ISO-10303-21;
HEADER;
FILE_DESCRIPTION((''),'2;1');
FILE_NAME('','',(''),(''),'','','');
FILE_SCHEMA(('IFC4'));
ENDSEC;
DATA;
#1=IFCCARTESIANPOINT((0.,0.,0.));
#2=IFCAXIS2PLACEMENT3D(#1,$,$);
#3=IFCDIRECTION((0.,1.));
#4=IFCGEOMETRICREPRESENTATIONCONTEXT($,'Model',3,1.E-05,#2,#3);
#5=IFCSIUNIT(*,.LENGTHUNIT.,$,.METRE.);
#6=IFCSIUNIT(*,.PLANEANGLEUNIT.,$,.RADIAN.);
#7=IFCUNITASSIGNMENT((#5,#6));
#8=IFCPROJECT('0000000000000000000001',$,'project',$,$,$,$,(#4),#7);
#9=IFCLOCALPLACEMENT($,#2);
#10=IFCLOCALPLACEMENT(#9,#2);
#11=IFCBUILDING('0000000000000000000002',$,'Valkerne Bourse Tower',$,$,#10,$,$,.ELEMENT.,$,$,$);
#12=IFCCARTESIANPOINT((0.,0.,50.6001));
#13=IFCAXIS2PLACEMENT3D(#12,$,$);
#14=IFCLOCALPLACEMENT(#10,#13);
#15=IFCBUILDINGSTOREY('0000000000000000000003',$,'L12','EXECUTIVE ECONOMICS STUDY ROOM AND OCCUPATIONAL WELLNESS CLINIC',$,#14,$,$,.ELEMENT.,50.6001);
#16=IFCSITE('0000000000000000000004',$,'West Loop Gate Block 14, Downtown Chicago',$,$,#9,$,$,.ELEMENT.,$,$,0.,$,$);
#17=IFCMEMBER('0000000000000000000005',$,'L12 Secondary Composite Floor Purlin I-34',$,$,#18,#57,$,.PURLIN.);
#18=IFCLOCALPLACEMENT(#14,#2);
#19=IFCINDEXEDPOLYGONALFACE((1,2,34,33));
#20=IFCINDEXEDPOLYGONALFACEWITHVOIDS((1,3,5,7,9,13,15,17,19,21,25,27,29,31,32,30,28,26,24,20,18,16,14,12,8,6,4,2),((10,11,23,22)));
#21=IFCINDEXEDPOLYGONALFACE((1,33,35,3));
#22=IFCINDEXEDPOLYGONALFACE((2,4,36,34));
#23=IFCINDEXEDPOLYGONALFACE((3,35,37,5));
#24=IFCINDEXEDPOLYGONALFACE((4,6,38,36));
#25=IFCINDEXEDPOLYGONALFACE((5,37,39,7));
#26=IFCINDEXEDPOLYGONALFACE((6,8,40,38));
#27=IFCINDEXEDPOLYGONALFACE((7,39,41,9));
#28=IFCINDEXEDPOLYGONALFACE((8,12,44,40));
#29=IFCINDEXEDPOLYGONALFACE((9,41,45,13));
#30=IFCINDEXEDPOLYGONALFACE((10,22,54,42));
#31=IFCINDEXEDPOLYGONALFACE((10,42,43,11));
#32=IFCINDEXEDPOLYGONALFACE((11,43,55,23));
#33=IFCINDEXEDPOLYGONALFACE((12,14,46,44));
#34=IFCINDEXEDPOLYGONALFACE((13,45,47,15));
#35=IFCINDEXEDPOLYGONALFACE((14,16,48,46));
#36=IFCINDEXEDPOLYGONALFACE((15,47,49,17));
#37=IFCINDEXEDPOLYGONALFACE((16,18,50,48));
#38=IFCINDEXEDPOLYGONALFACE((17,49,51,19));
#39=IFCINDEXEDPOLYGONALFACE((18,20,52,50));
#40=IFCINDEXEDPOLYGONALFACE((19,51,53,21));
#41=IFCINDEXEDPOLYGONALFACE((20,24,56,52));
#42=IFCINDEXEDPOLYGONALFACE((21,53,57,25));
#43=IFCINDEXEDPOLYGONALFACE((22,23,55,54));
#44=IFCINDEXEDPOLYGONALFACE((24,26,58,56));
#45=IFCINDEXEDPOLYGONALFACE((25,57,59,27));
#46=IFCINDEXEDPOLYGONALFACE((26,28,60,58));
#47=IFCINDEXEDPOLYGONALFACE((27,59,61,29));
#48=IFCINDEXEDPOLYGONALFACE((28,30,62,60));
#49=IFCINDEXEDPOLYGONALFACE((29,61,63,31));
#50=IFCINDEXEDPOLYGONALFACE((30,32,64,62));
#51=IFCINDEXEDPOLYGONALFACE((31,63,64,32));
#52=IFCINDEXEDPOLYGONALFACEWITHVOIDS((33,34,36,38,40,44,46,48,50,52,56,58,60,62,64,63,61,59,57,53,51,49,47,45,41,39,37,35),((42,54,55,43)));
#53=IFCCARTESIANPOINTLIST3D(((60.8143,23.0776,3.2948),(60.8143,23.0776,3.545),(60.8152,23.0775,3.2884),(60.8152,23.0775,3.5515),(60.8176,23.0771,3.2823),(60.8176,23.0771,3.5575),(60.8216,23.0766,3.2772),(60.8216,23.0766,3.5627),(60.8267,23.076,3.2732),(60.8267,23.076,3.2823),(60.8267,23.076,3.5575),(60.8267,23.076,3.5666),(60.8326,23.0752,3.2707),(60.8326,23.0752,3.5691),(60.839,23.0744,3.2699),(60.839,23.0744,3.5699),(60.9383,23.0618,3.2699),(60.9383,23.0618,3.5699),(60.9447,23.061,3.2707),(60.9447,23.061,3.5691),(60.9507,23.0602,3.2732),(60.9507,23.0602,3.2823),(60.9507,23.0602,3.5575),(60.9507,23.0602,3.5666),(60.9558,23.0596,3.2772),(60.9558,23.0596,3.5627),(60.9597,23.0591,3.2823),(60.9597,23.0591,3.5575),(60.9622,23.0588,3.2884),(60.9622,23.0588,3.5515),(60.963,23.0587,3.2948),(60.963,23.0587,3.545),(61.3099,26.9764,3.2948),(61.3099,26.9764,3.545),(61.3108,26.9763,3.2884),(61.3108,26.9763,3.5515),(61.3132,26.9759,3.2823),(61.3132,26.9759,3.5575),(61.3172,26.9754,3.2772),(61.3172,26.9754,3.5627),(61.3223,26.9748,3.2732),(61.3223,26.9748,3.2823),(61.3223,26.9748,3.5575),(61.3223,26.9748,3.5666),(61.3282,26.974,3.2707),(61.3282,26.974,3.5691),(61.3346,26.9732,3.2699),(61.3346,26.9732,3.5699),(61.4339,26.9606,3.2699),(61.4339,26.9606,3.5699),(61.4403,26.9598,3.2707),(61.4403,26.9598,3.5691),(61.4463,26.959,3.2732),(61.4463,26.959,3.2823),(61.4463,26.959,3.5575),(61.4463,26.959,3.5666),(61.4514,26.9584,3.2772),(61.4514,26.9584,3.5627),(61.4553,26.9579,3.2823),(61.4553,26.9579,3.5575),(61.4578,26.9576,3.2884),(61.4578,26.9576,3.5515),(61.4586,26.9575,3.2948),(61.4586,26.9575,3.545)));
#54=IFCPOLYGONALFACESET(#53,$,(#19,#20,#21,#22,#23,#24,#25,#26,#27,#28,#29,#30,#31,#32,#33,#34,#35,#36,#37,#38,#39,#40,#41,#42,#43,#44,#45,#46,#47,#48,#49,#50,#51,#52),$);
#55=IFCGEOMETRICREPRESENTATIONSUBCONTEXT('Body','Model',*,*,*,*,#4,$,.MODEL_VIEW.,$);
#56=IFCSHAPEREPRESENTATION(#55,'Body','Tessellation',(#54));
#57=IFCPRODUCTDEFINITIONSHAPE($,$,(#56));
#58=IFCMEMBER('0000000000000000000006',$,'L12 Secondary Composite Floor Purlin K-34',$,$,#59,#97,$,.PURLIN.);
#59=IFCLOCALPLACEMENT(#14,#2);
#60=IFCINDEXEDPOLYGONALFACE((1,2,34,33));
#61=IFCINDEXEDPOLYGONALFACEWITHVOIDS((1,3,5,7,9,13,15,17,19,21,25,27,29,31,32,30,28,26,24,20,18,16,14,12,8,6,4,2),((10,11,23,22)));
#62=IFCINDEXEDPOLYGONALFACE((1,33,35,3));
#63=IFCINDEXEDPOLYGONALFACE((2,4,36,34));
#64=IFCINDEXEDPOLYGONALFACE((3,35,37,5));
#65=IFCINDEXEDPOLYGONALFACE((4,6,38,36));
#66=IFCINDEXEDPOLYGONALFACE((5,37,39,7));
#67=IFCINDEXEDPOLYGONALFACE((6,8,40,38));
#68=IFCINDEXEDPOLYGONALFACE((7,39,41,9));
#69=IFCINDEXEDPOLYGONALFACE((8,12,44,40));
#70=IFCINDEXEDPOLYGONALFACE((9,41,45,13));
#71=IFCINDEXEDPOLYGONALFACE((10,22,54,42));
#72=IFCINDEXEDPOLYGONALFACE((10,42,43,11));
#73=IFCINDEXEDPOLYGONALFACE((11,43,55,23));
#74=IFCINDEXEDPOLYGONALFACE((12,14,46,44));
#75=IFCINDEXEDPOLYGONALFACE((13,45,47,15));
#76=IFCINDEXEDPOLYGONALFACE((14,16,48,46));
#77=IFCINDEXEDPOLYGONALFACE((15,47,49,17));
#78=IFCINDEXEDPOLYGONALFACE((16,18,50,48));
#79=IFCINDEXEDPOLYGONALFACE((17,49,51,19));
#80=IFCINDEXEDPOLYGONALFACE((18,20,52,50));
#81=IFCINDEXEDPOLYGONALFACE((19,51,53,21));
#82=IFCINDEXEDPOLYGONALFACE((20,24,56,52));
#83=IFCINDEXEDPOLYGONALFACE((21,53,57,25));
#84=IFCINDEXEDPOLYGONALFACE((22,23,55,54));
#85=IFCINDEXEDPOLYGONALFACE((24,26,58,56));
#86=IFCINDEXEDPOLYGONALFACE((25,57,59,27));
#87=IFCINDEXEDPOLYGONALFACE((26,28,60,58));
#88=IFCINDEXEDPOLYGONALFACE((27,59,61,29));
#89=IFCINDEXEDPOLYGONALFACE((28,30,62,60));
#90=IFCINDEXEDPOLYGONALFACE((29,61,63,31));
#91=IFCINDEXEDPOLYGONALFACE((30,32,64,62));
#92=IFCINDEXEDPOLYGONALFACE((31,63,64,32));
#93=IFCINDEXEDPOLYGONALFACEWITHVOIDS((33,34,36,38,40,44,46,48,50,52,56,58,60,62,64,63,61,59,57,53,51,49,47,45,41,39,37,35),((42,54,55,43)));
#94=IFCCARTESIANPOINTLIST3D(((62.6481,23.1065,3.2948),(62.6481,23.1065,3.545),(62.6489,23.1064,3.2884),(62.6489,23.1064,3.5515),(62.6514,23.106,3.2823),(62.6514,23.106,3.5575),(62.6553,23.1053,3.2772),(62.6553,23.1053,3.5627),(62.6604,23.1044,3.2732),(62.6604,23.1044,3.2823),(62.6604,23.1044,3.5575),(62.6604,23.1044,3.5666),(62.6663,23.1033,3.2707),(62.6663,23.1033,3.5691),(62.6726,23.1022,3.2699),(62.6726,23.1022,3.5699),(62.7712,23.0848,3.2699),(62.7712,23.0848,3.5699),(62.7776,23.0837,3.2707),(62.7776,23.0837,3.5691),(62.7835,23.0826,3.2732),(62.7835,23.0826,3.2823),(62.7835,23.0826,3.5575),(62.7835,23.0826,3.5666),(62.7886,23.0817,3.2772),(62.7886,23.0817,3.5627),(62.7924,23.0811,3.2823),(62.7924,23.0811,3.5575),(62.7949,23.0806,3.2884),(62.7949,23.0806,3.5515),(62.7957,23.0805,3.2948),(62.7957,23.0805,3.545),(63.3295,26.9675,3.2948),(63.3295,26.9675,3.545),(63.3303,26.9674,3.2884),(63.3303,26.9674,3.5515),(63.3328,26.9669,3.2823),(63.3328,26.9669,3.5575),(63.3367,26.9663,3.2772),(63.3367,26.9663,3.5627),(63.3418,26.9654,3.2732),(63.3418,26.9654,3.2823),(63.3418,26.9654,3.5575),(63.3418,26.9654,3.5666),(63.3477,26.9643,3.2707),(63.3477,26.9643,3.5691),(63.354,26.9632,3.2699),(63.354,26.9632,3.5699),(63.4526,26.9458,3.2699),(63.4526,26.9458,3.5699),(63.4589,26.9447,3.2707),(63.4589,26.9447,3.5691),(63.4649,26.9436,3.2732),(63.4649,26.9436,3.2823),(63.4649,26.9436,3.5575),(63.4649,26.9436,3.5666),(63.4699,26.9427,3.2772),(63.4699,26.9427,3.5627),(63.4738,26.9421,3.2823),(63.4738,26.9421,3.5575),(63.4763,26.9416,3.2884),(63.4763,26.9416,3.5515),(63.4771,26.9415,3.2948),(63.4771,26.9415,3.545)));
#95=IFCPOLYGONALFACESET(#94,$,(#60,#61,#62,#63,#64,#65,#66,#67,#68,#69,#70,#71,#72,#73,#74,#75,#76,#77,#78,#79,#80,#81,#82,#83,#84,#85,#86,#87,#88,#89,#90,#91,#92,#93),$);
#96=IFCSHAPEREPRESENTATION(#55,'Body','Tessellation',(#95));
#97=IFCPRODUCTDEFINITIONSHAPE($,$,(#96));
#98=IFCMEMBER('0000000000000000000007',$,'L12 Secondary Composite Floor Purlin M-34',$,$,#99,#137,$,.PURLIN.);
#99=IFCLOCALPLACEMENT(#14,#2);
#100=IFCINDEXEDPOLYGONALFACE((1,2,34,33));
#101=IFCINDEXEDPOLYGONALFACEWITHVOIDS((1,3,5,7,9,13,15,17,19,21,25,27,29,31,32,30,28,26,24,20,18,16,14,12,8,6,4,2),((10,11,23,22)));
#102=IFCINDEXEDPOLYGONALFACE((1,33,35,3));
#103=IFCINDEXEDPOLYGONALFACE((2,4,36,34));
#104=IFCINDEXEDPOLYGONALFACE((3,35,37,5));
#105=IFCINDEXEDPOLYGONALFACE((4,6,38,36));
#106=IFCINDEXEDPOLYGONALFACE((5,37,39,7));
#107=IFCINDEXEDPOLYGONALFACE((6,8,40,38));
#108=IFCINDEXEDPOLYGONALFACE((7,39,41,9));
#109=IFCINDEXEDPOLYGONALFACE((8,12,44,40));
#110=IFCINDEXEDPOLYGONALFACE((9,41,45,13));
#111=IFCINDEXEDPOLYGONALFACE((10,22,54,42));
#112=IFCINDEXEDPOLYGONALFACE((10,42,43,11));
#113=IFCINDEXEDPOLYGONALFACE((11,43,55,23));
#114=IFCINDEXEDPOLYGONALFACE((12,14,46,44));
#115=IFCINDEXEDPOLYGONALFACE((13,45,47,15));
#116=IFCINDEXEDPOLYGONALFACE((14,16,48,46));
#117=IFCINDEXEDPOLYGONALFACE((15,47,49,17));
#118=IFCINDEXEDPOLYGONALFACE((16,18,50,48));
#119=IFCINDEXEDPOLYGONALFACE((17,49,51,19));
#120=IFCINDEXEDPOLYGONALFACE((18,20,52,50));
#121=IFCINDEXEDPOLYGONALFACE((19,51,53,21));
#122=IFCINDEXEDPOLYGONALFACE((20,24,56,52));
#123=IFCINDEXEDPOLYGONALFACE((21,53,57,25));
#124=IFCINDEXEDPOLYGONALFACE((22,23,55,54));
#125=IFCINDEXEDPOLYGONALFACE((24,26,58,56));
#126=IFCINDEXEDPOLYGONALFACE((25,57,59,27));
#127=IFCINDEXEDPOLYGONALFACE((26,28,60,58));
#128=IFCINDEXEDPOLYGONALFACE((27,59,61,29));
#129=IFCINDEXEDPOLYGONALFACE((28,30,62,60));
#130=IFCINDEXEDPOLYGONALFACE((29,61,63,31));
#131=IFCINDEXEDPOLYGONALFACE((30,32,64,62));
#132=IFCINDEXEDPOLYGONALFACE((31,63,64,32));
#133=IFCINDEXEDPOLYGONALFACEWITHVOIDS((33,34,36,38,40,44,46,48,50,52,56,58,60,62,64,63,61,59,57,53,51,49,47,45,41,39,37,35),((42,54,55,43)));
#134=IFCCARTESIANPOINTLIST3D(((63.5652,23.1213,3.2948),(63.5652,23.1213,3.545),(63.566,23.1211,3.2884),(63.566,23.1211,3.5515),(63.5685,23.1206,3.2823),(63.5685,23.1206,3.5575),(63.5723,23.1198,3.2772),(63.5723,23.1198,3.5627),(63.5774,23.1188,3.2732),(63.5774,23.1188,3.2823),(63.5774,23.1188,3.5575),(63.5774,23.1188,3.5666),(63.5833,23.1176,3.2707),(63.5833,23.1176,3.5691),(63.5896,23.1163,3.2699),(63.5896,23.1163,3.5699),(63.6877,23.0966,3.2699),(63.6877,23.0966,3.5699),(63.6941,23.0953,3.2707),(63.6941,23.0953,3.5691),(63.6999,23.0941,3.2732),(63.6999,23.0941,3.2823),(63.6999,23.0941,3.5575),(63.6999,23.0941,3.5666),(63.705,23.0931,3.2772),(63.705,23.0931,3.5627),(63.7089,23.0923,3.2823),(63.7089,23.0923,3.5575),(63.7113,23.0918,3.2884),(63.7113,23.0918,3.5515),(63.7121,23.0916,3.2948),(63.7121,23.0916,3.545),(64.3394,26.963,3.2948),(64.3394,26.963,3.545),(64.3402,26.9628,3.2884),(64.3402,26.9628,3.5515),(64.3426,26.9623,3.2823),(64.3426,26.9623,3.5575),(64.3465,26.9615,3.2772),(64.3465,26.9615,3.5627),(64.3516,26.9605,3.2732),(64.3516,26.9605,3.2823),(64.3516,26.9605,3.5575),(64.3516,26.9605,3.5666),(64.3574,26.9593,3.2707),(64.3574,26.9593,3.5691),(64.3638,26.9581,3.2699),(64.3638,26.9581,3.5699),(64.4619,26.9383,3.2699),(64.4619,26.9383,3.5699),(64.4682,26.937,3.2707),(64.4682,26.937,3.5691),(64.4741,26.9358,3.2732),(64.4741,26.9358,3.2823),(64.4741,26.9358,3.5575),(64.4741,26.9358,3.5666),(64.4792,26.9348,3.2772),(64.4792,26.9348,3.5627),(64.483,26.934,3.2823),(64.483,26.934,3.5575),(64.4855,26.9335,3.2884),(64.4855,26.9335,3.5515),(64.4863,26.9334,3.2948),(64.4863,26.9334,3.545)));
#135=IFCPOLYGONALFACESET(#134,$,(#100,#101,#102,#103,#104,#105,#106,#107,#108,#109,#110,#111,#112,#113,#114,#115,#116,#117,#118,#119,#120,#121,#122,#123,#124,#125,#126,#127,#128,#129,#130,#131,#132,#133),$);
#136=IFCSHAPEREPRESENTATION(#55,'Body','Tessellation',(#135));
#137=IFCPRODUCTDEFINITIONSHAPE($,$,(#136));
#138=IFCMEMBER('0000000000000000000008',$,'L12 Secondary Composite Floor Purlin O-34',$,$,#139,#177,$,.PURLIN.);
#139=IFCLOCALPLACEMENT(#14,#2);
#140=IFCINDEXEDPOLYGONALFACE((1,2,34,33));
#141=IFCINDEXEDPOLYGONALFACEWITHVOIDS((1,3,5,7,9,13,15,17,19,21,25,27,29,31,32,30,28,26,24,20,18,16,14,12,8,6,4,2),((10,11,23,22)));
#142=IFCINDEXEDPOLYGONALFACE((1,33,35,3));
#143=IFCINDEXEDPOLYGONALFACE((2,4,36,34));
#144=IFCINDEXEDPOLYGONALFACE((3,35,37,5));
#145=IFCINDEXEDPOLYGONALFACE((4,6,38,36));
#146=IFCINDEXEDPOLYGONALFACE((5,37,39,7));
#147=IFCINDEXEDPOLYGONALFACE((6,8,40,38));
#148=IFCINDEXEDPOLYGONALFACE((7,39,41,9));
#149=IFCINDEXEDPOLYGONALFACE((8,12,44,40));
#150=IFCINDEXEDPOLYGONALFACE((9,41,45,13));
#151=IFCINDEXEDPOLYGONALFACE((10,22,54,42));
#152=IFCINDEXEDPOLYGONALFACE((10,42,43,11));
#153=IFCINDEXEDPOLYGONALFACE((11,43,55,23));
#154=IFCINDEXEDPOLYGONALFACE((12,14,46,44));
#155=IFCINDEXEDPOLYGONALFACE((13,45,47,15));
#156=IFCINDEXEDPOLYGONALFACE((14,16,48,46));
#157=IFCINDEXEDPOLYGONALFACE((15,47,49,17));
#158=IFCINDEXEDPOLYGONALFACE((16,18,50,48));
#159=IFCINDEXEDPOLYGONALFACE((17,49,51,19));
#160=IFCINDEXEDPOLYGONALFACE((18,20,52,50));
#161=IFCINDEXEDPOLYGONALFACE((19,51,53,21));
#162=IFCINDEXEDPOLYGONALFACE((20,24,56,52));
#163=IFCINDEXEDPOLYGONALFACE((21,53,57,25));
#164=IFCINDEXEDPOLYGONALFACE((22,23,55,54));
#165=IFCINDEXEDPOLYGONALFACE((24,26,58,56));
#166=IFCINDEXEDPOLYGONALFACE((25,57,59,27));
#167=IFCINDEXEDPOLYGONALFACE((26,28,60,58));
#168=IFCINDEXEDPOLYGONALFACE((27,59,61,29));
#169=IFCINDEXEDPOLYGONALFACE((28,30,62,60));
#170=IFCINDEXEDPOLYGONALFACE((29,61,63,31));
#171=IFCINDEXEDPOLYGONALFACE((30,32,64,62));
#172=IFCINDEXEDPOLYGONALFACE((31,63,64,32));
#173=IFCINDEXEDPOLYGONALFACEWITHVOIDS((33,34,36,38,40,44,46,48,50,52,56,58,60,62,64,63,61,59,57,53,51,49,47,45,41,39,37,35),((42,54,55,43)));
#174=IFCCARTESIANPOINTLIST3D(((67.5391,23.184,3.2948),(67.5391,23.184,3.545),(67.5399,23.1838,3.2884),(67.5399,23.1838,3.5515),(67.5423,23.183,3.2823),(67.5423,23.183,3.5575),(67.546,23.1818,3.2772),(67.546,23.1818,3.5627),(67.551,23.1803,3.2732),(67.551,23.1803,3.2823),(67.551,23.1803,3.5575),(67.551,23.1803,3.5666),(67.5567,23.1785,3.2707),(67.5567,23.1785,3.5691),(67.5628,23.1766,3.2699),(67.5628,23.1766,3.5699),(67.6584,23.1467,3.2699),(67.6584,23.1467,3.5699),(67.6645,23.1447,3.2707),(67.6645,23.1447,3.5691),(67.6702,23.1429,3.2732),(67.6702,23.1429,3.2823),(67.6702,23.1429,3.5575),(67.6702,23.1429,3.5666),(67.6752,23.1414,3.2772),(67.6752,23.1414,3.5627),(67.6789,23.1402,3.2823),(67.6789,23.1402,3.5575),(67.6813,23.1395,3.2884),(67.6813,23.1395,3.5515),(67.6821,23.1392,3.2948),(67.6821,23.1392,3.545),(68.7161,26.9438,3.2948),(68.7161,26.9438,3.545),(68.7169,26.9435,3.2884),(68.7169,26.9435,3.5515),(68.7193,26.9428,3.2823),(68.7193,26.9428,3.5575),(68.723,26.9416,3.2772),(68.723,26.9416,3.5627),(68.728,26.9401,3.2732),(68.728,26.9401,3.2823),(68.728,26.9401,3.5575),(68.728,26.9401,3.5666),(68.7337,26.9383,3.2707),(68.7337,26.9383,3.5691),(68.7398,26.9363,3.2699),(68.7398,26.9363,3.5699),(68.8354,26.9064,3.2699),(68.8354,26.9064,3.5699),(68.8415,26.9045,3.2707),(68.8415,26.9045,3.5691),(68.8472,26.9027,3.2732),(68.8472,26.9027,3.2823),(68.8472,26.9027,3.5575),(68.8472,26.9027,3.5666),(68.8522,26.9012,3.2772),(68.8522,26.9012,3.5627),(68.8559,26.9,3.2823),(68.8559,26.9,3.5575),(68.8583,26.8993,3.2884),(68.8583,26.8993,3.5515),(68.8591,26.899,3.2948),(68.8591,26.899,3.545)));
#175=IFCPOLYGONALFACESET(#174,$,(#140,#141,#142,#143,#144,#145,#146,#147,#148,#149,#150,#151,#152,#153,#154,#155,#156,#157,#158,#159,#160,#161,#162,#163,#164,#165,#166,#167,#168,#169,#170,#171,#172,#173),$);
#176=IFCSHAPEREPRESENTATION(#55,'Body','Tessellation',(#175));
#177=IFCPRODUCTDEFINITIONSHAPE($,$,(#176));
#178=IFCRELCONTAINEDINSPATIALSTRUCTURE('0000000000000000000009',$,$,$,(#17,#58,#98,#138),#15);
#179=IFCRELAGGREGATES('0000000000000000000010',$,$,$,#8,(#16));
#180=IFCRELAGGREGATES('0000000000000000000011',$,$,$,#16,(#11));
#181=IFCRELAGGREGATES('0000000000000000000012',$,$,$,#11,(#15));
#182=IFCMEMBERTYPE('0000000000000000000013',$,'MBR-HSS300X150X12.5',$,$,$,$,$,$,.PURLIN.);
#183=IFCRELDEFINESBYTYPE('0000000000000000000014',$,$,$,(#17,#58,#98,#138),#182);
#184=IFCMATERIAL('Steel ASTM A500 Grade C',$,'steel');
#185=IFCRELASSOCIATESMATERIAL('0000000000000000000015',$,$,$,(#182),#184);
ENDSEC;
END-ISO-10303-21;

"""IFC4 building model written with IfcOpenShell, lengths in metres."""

from ifc_helpers import new_model, si_unit, direction, frame, origin, origin_2d, place, context, subcontext, project, spatial, hollow_rectangle, extrude, material, material_profile, profile_set, type_object, element, save


model = new_model("IFC4")

# Units and contexts
model_context = context("Model", 3, precision=1e-05, world=origin(), true_north=direction((0.0, 1.0)))
body_context = subcontext(model_context, "Body", "Model", "MODEL_VIEW")
ifc_project = project(units=[si_unit("LENGTHUNIT", "METRE"), si_unit("PLANEANGLEUNIT", "RADIAN")], contexts=[model_context])

# Site, building, storey
site_placement = place(None, origin())
site = spatial("IfcSite", under=ifc_project, at=site_placement, Name="West Loop Gate Block 14, Downtown Chicago", CompositionType="ELEMENT", RefElevation=0.0)
building_placement = place(site_placement, origin())
building = spatial("IfcBuilding", under=site, at=building_placement, Name="Valkerne Bourse Tower", CompositionType="ELEMENT")
storey_placement = place(building_placement, frame((0.0, 0.0, 50.6001)))
storey = spatial("IfcBuildingStorey", under=building, at=storey_placement, Name="L12", Description="EXECUTIVE ECONOMICS STUDY ROOM AND OCCUPATIONAL WELLNESS CLINIC", CompositionType="ELEMENT", Elevation=50.6001)

# Members
ifc_material_1 = material(Name="Steel ASTM A500 Grade C", Category="steel")
ifc_material_profile_1 = material_profile(ifc_material_1, hollow_rectangle(XDim=0.1499, YDim=0.3, WallThickness=0.0125, OuterFilletRadius=0.0249, at=origin_2d()), Name="HSS300X150X12.5")
ifc_profile_set_1 = profile_set([ifc_material_profile_1], Name="Steel ASTM A500 Grade C")
member_type_1 = type_object("IfcMemberType", Name="MBR-HSS300X150X12.5", PredefinedType="PURLIN", material=ifc_profile_set_1)
member_1_placement = place(storey_placement, frame((60.8887, 23.0681, 3.4199), z_axis=(0.126106, 0.992017, 0.0), x_axis=(-0.992017, 0.126106, 0.0)))
element("IfcMember", 1, at=member_1_placement, inside=storey, type_object=member_type_1, Name="L12 Secondary Composite Floor Purlin I-34", PredefinedType="PURLIN", context=body_context, shape_type="SweptSolid", body=[
    extrude(hollow_rectangle(XDim=0.1499, YDim=0.3, WallThickness=0.0125, OuterFilletRadius=0.0249, at=origin_2d()), origin(), (0.0, 0.0, 1.0), 3.9302),
])
member_2_placement = place(storey_placement, frame((62.7219, 23.0935, 3.4199), z_axis=(0.173792, 0.984782, 0.0), x_axis=(-0.984782, 0.173792, 0.0)))
element("IfcMember", 2, at=member_2_placement, inside=storey, type_object=member_type_1, Name="L12 Secondary Composite Floor Purlin K-34", PredefinedType="PURLIN", context=body_context, shape_type="SweptSolid", body=[
    extrude(hollow_rectangle(XDim=0.1499, YDim=0.3, WallThickness=0.0125, OuterFilletRadius=0.0249, at=origin_2d()), origin(), (0.0, 0.0, 1.0), 3.9207),
])
member_3_placement = place(storey_placement, frame((63.6387, 23.1064, 3.4199), z_axis=(0.197542, 0.980295, 0.0), x_axis=(-0.980295, 0.197542, 0.0)))
element("IfcMember", 3, at=member_3_placement, inside=storey, type_object=member_type_1, Name="L12 Secondary Composite Floor Purlin M-34", PredefinedType="PURLIN", context=body_context, shape_type="SweptSolid", body=[
    extrude(hollow_rectangle(XDim=0.1499, YDim=0.3, WallThickness=0.0125, OuterFilletRadius=0.0249, at=origin_2d()), origin(), (0.0, 0.0, 1.0), 3.9189),
])
member_4_placement = place(storey_placement, frame((67.6106, 23.1616, 3.4199), z_axis=(0.298755, 0.95433, 0.0), x_axis=(-0.95433, 0.298755, 0.0)))
element("IfcMember", 4, at=member_4_placement, inside=storey, type_object=member_type_1, Name="L12 Secondary Composite Floor Purlin O-34", PredefinedType="PURLIN", context=body_context, shape_type="SweptSolid", body=[
    extrude(hollow_rectangle(XDim=0.1499, YDim=0.3, WallThickness=0.0125, OuterFilletRadius=0.0249, at=origin_2d()), origin(), (0.0, 0.0, 1.0), 3.9397),
])

save(model, "model.ifc")
